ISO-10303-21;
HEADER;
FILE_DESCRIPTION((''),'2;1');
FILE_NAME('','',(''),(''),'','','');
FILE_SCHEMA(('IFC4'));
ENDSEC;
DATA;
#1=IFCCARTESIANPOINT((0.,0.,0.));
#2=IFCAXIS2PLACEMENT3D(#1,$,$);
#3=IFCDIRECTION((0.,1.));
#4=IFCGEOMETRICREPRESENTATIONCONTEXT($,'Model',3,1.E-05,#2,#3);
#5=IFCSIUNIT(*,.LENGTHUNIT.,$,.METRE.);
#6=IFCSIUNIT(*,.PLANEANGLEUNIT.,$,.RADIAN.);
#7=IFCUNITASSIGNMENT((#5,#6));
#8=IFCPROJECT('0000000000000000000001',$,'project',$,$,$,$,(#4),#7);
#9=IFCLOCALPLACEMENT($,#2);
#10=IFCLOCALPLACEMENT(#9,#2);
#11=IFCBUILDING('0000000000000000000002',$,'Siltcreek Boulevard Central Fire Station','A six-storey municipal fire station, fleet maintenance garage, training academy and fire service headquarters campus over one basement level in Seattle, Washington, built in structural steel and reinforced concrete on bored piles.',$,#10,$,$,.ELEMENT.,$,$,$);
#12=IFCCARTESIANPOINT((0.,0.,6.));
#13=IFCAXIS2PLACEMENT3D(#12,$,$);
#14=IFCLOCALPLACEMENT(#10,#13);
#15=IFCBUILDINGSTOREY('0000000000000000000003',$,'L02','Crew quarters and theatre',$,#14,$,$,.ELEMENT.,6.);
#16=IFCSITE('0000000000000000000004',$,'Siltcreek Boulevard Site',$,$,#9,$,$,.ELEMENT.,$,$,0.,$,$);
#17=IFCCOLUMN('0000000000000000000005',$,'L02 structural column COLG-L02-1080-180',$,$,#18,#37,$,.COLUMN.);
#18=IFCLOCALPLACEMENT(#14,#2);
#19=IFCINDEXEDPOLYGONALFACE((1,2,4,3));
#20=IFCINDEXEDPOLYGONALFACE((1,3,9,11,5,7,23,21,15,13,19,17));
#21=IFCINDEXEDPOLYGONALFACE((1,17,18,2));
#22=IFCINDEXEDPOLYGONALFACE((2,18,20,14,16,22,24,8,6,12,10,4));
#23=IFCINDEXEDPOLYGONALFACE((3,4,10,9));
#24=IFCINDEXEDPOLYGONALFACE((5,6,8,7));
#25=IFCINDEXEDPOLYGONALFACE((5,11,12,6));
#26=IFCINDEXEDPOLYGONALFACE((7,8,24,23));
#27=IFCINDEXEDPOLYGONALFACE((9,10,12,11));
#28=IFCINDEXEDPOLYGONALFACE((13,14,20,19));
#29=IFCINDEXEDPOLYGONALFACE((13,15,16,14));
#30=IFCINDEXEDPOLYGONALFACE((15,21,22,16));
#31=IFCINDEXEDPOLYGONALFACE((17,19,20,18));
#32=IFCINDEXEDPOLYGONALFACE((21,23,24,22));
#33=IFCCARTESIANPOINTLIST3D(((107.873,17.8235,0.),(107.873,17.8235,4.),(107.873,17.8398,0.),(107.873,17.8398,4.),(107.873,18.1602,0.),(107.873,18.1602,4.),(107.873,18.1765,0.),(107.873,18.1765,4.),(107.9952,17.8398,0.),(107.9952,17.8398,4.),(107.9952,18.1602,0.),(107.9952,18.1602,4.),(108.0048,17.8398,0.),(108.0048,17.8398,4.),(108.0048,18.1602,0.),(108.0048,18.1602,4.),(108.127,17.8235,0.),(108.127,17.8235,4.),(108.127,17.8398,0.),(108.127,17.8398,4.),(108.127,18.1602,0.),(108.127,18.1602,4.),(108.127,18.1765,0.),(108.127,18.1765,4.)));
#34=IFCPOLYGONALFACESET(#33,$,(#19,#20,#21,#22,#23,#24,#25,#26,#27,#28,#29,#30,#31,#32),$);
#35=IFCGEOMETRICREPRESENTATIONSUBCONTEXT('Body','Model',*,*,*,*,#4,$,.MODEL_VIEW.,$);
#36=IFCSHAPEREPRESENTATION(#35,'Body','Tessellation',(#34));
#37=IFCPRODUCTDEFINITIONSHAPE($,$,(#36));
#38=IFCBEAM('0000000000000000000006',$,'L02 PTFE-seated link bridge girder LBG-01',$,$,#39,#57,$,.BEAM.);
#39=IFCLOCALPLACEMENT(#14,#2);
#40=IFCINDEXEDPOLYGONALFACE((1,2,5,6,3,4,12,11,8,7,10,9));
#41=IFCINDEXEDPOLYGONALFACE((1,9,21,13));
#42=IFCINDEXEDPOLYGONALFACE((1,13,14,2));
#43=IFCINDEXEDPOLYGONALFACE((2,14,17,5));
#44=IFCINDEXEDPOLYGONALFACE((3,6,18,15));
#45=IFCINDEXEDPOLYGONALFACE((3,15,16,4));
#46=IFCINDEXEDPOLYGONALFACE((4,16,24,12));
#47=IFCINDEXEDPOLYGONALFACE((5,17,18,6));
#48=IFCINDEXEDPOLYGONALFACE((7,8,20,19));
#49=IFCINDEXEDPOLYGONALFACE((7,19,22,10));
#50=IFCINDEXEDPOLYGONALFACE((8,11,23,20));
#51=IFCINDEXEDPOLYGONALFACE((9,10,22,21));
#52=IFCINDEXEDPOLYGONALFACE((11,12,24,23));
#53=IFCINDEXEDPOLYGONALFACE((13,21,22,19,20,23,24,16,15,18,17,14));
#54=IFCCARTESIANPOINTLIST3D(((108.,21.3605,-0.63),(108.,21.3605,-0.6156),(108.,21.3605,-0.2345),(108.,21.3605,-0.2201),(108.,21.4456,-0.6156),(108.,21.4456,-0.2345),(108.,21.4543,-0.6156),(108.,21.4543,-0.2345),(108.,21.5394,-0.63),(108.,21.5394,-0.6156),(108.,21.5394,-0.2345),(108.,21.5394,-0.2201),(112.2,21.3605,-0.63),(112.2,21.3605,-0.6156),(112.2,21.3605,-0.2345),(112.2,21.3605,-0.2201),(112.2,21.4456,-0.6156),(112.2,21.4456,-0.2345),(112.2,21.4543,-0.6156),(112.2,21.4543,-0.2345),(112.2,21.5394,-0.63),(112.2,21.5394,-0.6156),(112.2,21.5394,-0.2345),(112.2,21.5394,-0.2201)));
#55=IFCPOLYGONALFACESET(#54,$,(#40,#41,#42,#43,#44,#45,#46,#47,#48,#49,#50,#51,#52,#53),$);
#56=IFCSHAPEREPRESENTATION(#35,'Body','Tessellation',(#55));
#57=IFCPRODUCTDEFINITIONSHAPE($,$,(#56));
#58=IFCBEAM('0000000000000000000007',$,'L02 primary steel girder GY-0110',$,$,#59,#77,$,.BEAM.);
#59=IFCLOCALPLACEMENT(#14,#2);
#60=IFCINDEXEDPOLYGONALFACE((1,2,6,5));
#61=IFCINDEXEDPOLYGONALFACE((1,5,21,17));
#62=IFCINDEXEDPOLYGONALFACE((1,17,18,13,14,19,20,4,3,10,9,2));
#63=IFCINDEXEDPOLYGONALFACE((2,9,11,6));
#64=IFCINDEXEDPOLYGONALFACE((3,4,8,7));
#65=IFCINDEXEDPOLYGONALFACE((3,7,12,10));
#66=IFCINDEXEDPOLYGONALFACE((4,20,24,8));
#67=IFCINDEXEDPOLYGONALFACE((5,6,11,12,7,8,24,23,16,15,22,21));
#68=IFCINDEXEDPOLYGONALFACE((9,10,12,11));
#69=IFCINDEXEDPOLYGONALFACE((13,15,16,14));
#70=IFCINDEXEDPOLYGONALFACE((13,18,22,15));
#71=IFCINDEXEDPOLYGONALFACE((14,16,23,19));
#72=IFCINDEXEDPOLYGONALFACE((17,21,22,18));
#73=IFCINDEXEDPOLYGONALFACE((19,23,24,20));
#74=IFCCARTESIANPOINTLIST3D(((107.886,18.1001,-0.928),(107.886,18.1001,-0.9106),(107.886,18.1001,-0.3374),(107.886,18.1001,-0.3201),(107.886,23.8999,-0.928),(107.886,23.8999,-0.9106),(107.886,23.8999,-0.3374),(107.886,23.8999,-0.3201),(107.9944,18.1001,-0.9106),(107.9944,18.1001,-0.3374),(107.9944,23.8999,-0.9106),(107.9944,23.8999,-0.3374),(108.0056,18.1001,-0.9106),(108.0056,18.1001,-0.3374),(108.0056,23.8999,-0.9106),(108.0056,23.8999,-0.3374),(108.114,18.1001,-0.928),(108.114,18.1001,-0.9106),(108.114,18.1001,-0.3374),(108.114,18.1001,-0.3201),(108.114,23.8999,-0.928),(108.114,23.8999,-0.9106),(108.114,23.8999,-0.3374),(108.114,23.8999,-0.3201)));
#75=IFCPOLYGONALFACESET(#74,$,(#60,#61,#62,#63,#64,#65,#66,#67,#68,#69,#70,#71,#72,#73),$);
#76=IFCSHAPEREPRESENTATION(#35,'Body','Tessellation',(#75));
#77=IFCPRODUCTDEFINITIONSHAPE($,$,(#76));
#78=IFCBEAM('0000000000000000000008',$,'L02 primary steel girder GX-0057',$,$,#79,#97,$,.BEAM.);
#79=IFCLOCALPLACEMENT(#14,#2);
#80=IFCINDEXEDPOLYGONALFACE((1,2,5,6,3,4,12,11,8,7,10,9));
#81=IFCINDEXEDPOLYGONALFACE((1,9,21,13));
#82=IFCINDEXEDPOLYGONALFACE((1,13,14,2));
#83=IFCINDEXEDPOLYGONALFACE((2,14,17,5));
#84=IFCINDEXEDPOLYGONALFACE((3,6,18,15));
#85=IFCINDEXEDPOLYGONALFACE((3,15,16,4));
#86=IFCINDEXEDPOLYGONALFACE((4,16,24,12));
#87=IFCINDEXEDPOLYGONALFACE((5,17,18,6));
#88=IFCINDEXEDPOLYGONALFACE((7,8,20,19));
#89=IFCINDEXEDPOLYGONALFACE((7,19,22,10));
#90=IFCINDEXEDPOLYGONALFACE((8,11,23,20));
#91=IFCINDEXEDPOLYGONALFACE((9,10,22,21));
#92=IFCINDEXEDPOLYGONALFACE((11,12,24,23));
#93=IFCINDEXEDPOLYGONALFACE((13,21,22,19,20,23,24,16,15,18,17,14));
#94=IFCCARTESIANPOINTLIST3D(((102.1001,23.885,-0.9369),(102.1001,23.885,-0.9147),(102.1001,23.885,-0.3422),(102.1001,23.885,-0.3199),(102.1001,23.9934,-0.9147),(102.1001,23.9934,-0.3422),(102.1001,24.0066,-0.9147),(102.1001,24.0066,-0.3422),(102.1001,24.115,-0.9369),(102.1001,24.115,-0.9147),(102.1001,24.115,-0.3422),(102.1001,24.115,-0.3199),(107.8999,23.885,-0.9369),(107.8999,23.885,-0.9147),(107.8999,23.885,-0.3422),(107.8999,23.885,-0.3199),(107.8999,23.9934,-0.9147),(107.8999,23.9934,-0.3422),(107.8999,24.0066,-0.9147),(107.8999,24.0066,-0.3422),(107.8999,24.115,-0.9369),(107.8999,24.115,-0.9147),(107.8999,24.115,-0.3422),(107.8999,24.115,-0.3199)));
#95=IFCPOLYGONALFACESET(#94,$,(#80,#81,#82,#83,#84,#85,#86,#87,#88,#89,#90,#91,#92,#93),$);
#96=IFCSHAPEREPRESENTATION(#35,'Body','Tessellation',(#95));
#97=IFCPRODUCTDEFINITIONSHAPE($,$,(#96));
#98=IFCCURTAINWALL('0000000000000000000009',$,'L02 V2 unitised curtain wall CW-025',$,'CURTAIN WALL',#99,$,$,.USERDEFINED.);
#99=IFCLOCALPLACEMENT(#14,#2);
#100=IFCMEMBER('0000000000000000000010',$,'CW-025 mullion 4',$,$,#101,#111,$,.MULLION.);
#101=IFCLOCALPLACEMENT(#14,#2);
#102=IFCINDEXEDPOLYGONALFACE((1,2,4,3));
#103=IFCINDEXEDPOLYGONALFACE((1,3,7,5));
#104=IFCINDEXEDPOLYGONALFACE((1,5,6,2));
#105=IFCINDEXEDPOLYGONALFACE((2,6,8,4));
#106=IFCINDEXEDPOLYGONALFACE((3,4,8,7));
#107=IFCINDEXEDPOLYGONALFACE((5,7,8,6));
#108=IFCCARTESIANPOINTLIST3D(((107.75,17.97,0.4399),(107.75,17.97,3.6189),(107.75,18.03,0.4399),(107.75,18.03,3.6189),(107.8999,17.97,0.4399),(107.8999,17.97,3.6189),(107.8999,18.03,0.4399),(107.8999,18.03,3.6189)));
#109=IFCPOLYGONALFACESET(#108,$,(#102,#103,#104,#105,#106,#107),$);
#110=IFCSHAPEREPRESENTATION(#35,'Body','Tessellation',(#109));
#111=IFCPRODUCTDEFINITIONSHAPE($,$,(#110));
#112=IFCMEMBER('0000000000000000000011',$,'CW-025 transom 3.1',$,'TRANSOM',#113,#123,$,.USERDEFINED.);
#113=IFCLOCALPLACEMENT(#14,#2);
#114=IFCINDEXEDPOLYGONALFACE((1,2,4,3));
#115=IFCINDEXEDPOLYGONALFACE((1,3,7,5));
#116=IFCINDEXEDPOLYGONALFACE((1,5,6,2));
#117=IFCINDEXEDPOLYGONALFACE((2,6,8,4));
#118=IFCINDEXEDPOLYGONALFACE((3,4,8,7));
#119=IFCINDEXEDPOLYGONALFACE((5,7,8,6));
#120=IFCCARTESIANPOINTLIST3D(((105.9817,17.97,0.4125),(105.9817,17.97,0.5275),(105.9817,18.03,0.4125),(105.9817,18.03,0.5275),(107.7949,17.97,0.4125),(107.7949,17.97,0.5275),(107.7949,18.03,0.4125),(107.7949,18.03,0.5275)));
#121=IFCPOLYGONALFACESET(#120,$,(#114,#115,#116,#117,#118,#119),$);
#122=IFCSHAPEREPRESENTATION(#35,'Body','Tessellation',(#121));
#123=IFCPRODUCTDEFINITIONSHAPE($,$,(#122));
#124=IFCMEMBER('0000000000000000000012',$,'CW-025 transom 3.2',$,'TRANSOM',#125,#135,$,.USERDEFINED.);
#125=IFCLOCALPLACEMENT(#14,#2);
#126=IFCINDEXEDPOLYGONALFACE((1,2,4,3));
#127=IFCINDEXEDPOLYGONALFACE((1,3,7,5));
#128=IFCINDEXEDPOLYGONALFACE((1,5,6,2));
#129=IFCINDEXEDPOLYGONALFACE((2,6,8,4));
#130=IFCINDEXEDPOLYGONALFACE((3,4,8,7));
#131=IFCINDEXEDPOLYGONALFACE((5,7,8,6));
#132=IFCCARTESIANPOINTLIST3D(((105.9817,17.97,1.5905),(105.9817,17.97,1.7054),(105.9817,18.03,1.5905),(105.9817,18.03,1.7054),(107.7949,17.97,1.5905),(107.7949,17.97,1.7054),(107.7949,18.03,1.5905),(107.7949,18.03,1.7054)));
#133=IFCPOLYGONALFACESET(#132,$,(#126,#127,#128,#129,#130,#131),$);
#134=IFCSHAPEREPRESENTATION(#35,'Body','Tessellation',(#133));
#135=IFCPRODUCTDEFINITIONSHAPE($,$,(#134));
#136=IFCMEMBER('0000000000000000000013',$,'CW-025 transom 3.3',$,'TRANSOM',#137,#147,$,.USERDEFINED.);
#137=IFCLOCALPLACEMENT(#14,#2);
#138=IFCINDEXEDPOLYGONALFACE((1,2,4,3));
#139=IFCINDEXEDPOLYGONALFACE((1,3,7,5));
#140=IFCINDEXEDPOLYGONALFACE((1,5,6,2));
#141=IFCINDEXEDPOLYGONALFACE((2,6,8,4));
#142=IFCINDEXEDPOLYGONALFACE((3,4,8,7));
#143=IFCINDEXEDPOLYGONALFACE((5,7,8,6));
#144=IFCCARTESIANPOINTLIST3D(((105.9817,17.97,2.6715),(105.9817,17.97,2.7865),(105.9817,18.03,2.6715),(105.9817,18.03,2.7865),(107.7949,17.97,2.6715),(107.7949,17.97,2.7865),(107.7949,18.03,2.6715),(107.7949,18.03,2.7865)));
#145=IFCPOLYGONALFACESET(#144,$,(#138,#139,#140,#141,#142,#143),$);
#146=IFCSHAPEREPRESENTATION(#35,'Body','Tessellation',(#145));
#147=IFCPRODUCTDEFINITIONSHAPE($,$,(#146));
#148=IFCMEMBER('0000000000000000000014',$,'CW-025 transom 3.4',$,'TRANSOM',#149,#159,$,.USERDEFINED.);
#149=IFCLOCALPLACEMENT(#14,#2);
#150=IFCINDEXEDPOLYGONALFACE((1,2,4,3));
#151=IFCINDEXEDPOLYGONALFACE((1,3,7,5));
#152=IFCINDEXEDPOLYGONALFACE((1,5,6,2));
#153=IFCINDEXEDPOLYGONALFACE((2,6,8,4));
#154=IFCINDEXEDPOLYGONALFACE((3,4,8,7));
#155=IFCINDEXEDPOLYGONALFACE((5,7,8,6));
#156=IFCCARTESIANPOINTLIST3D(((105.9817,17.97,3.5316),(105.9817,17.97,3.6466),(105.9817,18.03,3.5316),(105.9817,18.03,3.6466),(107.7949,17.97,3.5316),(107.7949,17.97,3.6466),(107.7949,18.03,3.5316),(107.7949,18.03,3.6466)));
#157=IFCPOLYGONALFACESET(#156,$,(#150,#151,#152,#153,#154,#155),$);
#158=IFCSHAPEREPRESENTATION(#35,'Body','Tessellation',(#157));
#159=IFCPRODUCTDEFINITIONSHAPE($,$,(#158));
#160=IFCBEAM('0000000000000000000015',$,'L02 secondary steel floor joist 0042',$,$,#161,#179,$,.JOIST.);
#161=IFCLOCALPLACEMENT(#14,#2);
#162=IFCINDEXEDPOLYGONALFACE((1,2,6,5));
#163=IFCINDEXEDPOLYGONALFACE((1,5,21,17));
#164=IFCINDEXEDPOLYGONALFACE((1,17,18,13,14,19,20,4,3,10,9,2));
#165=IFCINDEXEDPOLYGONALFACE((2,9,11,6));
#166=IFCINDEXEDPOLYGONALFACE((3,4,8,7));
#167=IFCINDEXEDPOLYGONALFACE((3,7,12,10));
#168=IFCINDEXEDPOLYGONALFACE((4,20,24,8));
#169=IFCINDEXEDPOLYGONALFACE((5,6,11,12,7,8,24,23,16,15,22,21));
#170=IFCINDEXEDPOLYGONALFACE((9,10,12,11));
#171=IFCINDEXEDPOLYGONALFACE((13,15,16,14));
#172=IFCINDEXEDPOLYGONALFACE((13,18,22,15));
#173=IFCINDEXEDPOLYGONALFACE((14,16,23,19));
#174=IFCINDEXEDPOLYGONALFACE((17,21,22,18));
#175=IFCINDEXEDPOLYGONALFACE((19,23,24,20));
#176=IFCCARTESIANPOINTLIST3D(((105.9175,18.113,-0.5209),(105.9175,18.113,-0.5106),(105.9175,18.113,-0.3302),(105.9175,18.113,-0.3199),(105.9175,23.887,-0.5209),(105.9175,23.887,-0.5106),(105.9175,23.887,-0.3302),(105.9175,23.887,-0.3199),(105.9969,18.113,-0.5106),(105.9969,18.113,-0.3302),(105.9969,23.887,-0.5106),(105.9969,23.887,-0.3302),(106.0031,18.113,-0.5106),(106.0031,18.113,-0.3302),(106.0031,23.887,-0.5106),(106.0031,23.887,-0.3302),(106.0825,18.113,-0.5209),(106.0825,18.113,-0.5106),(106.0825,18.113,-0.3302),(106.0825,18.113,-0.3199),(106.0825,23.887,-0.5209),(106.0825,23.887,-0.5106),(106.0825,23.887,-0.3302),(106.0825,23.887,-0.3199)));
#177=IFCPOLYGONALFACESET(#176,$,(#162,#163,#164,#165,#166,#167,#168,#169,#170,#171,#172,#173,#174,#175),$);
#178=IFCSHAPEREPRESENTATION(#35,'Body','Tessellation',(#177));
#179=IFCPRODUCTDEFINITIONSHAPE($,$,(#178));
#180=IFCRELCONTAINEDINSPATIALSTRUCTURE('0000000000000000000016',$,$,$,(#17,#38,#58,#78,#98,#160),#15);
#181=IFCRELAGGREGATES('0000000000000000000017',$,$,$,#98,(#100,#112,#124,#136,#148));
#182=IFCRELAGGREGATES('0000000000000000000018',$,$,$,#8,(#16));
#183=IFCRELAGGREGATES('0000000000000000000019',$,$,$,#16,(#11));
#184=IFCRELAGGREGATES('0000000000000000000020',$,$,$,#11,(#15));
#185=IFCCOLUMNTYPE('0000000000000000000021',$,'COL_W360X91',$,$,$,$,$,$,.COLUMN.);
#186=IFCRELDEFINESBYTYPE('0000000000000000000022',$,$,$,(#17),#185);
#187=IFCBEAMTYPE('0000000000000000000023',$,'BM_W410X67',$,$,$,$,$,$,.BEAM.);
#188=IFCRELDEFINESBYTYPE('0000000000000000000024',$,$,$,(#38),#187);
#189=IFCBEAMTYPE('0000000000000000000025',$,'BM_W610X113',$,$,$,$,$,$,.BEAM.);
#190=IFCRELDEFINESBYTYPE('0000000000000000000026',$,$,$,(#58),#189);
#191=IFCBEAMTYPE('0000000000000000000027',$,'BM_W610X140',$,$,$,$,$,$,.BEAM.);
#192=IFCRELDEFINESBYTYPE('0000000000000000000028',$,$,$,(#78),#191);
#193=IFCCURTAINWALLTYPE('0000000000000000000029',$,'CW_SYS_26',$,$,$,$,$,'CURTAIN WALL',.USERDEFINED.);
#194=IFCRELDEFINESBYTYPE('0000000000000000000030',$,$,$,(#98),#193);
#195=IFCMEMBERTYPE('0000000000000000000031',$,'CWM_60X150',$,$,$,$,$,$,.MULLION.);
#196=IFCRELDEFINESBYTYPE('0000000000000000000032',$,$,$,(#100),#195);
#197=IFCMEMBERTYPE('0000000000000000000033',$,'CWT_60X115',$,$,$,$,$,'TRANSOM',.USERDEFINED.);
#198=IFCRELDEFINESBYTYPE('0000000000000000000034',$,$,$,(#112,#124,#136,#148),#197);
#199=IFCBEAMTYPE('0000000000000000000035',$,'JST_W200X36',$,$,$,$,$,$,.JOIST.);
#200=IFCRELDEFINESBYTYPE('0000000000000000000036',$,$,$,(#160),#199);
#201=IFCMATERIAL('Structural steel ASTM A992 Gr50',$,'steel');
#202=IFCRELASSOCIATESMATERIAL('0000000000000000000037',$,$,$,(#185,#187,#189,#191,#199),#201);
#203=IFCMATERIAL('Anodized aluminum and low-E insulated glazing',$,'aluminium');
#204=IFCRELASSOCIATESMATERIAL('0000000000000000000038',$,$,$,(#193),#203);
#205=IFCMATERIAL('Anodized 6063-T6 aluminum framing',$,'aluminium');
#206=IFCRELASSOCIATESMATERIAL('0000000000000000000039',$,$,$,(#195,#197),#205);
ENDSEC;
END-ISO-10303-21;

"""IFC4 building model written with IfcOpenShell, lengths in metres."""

from ifc_helpers import new_model, si_unit, direction, frame, origin, origin_2d, place, context, subcontext, project, spatial, rectangle, i_section, extrude, material, material_profile, profile_set, type_object, element, aggregate, save


model = new_model("IFC4")

# Units and contexts
model_context = context("Model", 3, precision=1e-05, world=origin(), true_north=direction((0.0, 1.0)))
body_context = subcontext(model_context, "Body", "Model", "MODEL_VIEW")
ifc_project = project(units=[si_unit("LENGTHUNIT", "METRE"), si_unit("PLANEANGLEUNIT", "RADIAN")], contexts=[model_context])

# Site, building, storey
site_placement = place(None, origin())
site = spatial("IfcSite", under=ifc_project, at=site_placement, Name="Siltcreek Boulevard Site", CompositionType="ELEMENT", RefElevation=0.0)
building_placement = place(site_placement, origin())
building = spatial("IfcBuilding", under=site, at=building_placement, Name="Siltcreek Boulevard Central Fire Station", Description="A six-storey municipal fire station, fleet maintenance garage, training academy and fire service headquarters campus over one basement level in Seattle, Washington, built in structural steel and reinforced concrete on bored piles.", CompositionType="ELEMENT")
storey_placement = place(building_placement, frame((0.0, 0.0, 6.0)))
storey = spatial("IfcBuildingStorey", under=building, at=storey_placement, Name="L02", Description="Crew quarters and theatre", CompositionType="ELEMENT", Elevation=6.0)

# Column
ifc_material_1 = material(Name="Structural steel ASTM A992 Gr50", Category="steel")
ifc_material_profile_1 = material_profile(ifc_material_1, i_section(OverallWidth=0.2539, OverallDepth=0.353, WebThickness=0.0095, FlangeThickness=0.0164, at=origin_2d()), Name="W360X91")
ifc_profile_set_1 = profile_set([ifc_material_profile_1], Name="Structural steel ASTM A992 Gr50")
column_type = type_object("IfcColumnType", Name="COL_W360X91", PredefinedType="COLUMN", material=ifc_profile_set_1)
column_placement = place(storey_placement, frame((108.0, 18.0, 0.0), z_axis=(0.0, 0.0, 1.0), x_axis=(1.0, 0.0, 0.0)))
element("IfcColumn", 1, at=column_placement, inside=storey, type_object=column_type, Name="L02 structural column COLG-L02-1080-180", PredefinedType="COLUMN", context=body_context, shape_type="SweptSolid", body=[
    extrude(i_section(OverallWidth=0.2539, OverallDepth=0.353, WebThickness=0.0095, FlangeThickness=0.0164, at=origin_2d()), origin(), (0.0, 0.0, 1.0), 4.0),
])

# Beams
ifc_material_profile_2 = material_profile(ifc_material_1, i_section(OverallWidth=0.179, OverallDepth=0.4099, WebThickness=0.0088, FlangeThickness=0.0144, at=origin_2d()), Name="W410X67")
ifc_profile_set_2 = profile_set([ifc_material_profile_2], Name="Structural steel ASTM A992 Gr50")
beam_type_1 = type_object("IfcBeamType", Name="BM_W410X67", PredefinedType="BEAM", material=ifc_profile_set_2)
beam_1_placement = place(storey_placement, frame((108.0, 21.45, -0.425), z_axis=(1.0, 0.0, 0.0), x_axis=(0.0, 1.0, 0.0)))
element("IfcBeam", 2, at=beam_1_placement, inside=storey, type_object=beam_type_1, Name="L02 PTFE-seated link bridge girder LBG-01", PredefinedType="BEAM", context=body_context, shape_type="SweptSolid", body=[
    extrude(i_section(OverallWidth=0.179, OverallDepth=0.4099, WebThickness=0.0088, FlangeThickness=0.0144, at=origin_2d()), origin(), (0.0, 0.0, 1.0), 4.2),
])
ifc_material_profile_3 = material_profile(ifc_material_1, i_section(OverallWidth=0.228, OverallDepth=0.6079, WebThickness=0.0112, FlangeThickness=0.0173, at=origin_2d()), Name="W610X113")
ifc_profile_set_3 = profile_set([ifc_material_profile_3], Name="Structural steel ASTM A992 Gr50")
beam_type_2 = type_object("IfcBeamType", Name="BM_W610X113", PredefinedType="BEAM", material=ifc_profile_set_3)
beam_2_placement = place(storey_placement, frame((108.0, 18.1001, -0.624), z_axis=(0.0, 1.0, 0.0), x_axis=(-1.0, 0.0, 0.0)))
element("IfcBeam", 3, at=beam_2_placement, inside=storey, type_object=beam_type_2, Name="L02 primary steel girder GY-0110", PredefinedType="BEAM", context=body_context, shape_type="SweptSolid", body=[
    extrude(i_section(OverallWidth=0.228, OverallDepth=0.6079, WebThickness=0.0112, FlangeThickness=0.0173, at=origin_2d()), origin(), (0.0, 0.0, 1.0), 5.7998),
])
ifc_material_profile_4 = material_profile(ifc_material_1, i_section(OverallWidth=0.23, OverallDepth=0.6169, WebThickness=0.0132, FlangeThickness=0.0222, at=origin_2d()), Name="W610X140")
ifc_profile_set_4 = profile_set([ifc_material_profile_4], Name="Structural steel ASTM A992 Gr50")
beam_type_3 = type_object("IfcBeamType", Name="BM_W610X140", PredefinedType="BEAM", material=ifc_profile_set_4)
beam_3_placement = place(storey_placement, frame((102.1001, 24.0, -0.6284), z_axis=(1.0, 0.0, 0.0), x_axis=(0.0, 1.0, 0.0)))
element("IfcBeam", 4, at=beam_3_placement, inside=storey, type_object=beam_type_3, Name="L02 primary steel girder GX-0057", PredefinedType="BEAM", context=body_context, shape_type="SweptSolid", body=[
    extrude(i_section(OverallWidth=0.23, OverallDepth=0.6169, WebThickness=0.0132, FlangeThickness=0.0222, at=origin_2d()), origin(), (0.0, 0.0, 1.0), 5.7998),
])

# Curtain wall, members
ifc_material_2 = material(Name="Anodized aluminum and low-E insulated glazing", Category="aluminium")
curtain_wall_type = type_object("IfcCurtainWallType", Name="CW_SYS_26", ElementType="CURTAIN WALL", PredefinedType="USERDEFINED", material=ifc_material_2)
curtain_wall_placement = place(storey_placement, origin())
curtain_wall = element("IfcCurtainWall", 5, at=curtain_wall_placement, inside=storey, type_object=curtain_wall_type, Name="L02 V2 unitised curtain wall CW-025", ObjectType="CURTAIN WALL", PredefinedType="USERDEFINED")
ifc_material_3 = material(Name="Anodized 6063-T6 aluminum framing", Category="aluminium")
ifc_material_profile_5 = material_profile(ifc_material_3, rectangle(XDim=0.0601, YDim=0.1499, at=origin_2d()), Name="MULL60X150")
ifc_profile_set_5 = profile_set([ifc_material_profile_5], Name="Anodized 6063-T6 aluminum framing")
member_type_1 = type_object("IfcMemberType", Name="CWM_60X150", PredefinedType="MULLION", material=ifc_profile_set_5)
member_1_placement = place(storey_placement, frame((107.825, 18.0, 0.4399), z_axis=(0.0, 0.0, 1.0), x_axis=(0.0, 1.0, 0.0)))
member_1 = element("IfcMember", 6, at=member_1_placement, type_object=member_type_1, Name="CW-025 mullion 4", PredefinedType="MULLION", context=body_context, shape_type="SweptSolid", body=[
    extrude(rectangle(XDim=0.0601, YDim=0.1499, at=origin_2d()), origin(), (0.0, 0.0, 1.0), 3.179),
])
ifc_material_profile_6 = material_profile(ifc_material_3, rectangle(XDim=0.0601, YDim=0.115, at=origin_2d()), Name="TRAN60X115")
ifc_profile_set_6 = profile_set([ifc_material_profile_6], Name="Anodized 6063-T6 aluminum framing")
member_type_2 = type_object("IfcMemberType", Name="CWT_60X115", ElementType="TRANSOM", PredefinedType="USERDEFINED", material=ifc_profile_set_6)
member_2_placement = place(storey_placement, frame((105.9817, 18.0, 0.47), z_axis=(1.0, 0.0, 0.0), x_axis=(0.0, 1.0, 0.0)))
member_2 = element("IfcMember", 7, at=member_2_placement, type_object=member_type_2, Name="CW-025 transom 3.1", ObjectType="TRANSOM", PredefinedType="USERDEFINED", context=body_context, shape_type="SweptSolid", body=[
    extrude(rectangle(XDim=0.0601, YDim=0.115, at=origin_2d()), origin(), (0.0, 0.0, 1.0), 1.8132),
])
member_3_placement = place(storey_placement, frame((105.9817, 18.0, 1.6479), z_axis=(1.0, 0.0, 0.0), x_axis=(0.0, 1.0, 0.0)))
member_3 = element("IfcMember", 8, at=member_3_placement, type_object=member_type_2, Name="CW-025 transom 3.2", ObjectType="TRANSOM", PredefinedType="USERDEFINED", context=body_context, shape_type="SweptSolid", body=[
    extrude(rectangle(XDim=0.0601, YDim=0.115, at=origin_2d()), origin(), (0.0, 0.0, 1.0), 1.8132),
])
member_4_placement = place(storey_placement, frame((105.9817, 18.0, 2.729), z_axis=(1.0, 0.0, 0.0), x_axis=(0.0, 1.0, 0.0)))
member_4 = element("IfcMember", 9, at=member_4_placement, type_object=member_type_2, Name="CW-025 transom 3.3", ObjectType="TRANSOM", PredefinedType="USERDEFINED", context=body_context, shape_type="SweptSolid", body=[
    extrude(rectangle(XDim=0.0601, YDim=0.115, at=origin_2d()), origin(), (0.0, 0.0, 1.0), 1.8132),
])
member_5_placement = place(storey_placement, frame((105.9817, 18.0, 3.5891), z_axis=(1.0, 0.0, 0.0), x_axis=(0.0, 1.0, 0.0)))
member_5 = element("IfcMember", 10, at=member_5_placement, type_object=member_type_2, Name="CW-025 transom 3.4", ObjectType="TRANSOM", PredefinedType="USERDEFINED", context=body_context, shape_type="SweptSolid", body=[
    extrude(rectangle(XDim=0.0601, YDim=0.115, at=origin_2d()), origin(), (0.0, 0.0, 1.0), 1.8132),
])

# Beam
ifc_material_profile_7 = material_profile(ifc_material_1, i_section(OverallWidth=0.165, OverallDepth=0.2009, WebThickness=0.0061, FlangeThickness=0.0103, at=origin_2d()), Name="W200X36")
ifc_profile_set_7 = profile_set([ifc_material_profile_7], Name="Structural steel ASTM A992 Gr50")
beam_type_4 = type_object("IfcBeamType", Name="JST_W200X36", PredefinedType="JOIST", material=ifc_profile_set_7)
beam_4_placement = place(storey_placement, frame((106.0, 18.113, -0.4204), z_axis=(0.0, 1.0, 0.0), x_axis=(-1.0, 0.0, 0.0)))
element("IfcBeam", 11, at=beam_4_placement, inside=storey, type_object=beam_type_4, Name="L02 secondary steel floor joist 0042", PredefinedType="JOIST", context=body_context, shape_type="SweptSolid", body=[
    extrude(i_section(OverallWidth=0.165, OverallDepth=0.2009, WebThickness=0.0061, FlangeThickness=0.0103, at=origin_2d()), origin(), (0.0, 0.0, 1.0), 5.7739),
])

aggregate(curtain_wall, [member_1, member_2, member_3, member_4, member_5])

save(model, "model.ifc")
